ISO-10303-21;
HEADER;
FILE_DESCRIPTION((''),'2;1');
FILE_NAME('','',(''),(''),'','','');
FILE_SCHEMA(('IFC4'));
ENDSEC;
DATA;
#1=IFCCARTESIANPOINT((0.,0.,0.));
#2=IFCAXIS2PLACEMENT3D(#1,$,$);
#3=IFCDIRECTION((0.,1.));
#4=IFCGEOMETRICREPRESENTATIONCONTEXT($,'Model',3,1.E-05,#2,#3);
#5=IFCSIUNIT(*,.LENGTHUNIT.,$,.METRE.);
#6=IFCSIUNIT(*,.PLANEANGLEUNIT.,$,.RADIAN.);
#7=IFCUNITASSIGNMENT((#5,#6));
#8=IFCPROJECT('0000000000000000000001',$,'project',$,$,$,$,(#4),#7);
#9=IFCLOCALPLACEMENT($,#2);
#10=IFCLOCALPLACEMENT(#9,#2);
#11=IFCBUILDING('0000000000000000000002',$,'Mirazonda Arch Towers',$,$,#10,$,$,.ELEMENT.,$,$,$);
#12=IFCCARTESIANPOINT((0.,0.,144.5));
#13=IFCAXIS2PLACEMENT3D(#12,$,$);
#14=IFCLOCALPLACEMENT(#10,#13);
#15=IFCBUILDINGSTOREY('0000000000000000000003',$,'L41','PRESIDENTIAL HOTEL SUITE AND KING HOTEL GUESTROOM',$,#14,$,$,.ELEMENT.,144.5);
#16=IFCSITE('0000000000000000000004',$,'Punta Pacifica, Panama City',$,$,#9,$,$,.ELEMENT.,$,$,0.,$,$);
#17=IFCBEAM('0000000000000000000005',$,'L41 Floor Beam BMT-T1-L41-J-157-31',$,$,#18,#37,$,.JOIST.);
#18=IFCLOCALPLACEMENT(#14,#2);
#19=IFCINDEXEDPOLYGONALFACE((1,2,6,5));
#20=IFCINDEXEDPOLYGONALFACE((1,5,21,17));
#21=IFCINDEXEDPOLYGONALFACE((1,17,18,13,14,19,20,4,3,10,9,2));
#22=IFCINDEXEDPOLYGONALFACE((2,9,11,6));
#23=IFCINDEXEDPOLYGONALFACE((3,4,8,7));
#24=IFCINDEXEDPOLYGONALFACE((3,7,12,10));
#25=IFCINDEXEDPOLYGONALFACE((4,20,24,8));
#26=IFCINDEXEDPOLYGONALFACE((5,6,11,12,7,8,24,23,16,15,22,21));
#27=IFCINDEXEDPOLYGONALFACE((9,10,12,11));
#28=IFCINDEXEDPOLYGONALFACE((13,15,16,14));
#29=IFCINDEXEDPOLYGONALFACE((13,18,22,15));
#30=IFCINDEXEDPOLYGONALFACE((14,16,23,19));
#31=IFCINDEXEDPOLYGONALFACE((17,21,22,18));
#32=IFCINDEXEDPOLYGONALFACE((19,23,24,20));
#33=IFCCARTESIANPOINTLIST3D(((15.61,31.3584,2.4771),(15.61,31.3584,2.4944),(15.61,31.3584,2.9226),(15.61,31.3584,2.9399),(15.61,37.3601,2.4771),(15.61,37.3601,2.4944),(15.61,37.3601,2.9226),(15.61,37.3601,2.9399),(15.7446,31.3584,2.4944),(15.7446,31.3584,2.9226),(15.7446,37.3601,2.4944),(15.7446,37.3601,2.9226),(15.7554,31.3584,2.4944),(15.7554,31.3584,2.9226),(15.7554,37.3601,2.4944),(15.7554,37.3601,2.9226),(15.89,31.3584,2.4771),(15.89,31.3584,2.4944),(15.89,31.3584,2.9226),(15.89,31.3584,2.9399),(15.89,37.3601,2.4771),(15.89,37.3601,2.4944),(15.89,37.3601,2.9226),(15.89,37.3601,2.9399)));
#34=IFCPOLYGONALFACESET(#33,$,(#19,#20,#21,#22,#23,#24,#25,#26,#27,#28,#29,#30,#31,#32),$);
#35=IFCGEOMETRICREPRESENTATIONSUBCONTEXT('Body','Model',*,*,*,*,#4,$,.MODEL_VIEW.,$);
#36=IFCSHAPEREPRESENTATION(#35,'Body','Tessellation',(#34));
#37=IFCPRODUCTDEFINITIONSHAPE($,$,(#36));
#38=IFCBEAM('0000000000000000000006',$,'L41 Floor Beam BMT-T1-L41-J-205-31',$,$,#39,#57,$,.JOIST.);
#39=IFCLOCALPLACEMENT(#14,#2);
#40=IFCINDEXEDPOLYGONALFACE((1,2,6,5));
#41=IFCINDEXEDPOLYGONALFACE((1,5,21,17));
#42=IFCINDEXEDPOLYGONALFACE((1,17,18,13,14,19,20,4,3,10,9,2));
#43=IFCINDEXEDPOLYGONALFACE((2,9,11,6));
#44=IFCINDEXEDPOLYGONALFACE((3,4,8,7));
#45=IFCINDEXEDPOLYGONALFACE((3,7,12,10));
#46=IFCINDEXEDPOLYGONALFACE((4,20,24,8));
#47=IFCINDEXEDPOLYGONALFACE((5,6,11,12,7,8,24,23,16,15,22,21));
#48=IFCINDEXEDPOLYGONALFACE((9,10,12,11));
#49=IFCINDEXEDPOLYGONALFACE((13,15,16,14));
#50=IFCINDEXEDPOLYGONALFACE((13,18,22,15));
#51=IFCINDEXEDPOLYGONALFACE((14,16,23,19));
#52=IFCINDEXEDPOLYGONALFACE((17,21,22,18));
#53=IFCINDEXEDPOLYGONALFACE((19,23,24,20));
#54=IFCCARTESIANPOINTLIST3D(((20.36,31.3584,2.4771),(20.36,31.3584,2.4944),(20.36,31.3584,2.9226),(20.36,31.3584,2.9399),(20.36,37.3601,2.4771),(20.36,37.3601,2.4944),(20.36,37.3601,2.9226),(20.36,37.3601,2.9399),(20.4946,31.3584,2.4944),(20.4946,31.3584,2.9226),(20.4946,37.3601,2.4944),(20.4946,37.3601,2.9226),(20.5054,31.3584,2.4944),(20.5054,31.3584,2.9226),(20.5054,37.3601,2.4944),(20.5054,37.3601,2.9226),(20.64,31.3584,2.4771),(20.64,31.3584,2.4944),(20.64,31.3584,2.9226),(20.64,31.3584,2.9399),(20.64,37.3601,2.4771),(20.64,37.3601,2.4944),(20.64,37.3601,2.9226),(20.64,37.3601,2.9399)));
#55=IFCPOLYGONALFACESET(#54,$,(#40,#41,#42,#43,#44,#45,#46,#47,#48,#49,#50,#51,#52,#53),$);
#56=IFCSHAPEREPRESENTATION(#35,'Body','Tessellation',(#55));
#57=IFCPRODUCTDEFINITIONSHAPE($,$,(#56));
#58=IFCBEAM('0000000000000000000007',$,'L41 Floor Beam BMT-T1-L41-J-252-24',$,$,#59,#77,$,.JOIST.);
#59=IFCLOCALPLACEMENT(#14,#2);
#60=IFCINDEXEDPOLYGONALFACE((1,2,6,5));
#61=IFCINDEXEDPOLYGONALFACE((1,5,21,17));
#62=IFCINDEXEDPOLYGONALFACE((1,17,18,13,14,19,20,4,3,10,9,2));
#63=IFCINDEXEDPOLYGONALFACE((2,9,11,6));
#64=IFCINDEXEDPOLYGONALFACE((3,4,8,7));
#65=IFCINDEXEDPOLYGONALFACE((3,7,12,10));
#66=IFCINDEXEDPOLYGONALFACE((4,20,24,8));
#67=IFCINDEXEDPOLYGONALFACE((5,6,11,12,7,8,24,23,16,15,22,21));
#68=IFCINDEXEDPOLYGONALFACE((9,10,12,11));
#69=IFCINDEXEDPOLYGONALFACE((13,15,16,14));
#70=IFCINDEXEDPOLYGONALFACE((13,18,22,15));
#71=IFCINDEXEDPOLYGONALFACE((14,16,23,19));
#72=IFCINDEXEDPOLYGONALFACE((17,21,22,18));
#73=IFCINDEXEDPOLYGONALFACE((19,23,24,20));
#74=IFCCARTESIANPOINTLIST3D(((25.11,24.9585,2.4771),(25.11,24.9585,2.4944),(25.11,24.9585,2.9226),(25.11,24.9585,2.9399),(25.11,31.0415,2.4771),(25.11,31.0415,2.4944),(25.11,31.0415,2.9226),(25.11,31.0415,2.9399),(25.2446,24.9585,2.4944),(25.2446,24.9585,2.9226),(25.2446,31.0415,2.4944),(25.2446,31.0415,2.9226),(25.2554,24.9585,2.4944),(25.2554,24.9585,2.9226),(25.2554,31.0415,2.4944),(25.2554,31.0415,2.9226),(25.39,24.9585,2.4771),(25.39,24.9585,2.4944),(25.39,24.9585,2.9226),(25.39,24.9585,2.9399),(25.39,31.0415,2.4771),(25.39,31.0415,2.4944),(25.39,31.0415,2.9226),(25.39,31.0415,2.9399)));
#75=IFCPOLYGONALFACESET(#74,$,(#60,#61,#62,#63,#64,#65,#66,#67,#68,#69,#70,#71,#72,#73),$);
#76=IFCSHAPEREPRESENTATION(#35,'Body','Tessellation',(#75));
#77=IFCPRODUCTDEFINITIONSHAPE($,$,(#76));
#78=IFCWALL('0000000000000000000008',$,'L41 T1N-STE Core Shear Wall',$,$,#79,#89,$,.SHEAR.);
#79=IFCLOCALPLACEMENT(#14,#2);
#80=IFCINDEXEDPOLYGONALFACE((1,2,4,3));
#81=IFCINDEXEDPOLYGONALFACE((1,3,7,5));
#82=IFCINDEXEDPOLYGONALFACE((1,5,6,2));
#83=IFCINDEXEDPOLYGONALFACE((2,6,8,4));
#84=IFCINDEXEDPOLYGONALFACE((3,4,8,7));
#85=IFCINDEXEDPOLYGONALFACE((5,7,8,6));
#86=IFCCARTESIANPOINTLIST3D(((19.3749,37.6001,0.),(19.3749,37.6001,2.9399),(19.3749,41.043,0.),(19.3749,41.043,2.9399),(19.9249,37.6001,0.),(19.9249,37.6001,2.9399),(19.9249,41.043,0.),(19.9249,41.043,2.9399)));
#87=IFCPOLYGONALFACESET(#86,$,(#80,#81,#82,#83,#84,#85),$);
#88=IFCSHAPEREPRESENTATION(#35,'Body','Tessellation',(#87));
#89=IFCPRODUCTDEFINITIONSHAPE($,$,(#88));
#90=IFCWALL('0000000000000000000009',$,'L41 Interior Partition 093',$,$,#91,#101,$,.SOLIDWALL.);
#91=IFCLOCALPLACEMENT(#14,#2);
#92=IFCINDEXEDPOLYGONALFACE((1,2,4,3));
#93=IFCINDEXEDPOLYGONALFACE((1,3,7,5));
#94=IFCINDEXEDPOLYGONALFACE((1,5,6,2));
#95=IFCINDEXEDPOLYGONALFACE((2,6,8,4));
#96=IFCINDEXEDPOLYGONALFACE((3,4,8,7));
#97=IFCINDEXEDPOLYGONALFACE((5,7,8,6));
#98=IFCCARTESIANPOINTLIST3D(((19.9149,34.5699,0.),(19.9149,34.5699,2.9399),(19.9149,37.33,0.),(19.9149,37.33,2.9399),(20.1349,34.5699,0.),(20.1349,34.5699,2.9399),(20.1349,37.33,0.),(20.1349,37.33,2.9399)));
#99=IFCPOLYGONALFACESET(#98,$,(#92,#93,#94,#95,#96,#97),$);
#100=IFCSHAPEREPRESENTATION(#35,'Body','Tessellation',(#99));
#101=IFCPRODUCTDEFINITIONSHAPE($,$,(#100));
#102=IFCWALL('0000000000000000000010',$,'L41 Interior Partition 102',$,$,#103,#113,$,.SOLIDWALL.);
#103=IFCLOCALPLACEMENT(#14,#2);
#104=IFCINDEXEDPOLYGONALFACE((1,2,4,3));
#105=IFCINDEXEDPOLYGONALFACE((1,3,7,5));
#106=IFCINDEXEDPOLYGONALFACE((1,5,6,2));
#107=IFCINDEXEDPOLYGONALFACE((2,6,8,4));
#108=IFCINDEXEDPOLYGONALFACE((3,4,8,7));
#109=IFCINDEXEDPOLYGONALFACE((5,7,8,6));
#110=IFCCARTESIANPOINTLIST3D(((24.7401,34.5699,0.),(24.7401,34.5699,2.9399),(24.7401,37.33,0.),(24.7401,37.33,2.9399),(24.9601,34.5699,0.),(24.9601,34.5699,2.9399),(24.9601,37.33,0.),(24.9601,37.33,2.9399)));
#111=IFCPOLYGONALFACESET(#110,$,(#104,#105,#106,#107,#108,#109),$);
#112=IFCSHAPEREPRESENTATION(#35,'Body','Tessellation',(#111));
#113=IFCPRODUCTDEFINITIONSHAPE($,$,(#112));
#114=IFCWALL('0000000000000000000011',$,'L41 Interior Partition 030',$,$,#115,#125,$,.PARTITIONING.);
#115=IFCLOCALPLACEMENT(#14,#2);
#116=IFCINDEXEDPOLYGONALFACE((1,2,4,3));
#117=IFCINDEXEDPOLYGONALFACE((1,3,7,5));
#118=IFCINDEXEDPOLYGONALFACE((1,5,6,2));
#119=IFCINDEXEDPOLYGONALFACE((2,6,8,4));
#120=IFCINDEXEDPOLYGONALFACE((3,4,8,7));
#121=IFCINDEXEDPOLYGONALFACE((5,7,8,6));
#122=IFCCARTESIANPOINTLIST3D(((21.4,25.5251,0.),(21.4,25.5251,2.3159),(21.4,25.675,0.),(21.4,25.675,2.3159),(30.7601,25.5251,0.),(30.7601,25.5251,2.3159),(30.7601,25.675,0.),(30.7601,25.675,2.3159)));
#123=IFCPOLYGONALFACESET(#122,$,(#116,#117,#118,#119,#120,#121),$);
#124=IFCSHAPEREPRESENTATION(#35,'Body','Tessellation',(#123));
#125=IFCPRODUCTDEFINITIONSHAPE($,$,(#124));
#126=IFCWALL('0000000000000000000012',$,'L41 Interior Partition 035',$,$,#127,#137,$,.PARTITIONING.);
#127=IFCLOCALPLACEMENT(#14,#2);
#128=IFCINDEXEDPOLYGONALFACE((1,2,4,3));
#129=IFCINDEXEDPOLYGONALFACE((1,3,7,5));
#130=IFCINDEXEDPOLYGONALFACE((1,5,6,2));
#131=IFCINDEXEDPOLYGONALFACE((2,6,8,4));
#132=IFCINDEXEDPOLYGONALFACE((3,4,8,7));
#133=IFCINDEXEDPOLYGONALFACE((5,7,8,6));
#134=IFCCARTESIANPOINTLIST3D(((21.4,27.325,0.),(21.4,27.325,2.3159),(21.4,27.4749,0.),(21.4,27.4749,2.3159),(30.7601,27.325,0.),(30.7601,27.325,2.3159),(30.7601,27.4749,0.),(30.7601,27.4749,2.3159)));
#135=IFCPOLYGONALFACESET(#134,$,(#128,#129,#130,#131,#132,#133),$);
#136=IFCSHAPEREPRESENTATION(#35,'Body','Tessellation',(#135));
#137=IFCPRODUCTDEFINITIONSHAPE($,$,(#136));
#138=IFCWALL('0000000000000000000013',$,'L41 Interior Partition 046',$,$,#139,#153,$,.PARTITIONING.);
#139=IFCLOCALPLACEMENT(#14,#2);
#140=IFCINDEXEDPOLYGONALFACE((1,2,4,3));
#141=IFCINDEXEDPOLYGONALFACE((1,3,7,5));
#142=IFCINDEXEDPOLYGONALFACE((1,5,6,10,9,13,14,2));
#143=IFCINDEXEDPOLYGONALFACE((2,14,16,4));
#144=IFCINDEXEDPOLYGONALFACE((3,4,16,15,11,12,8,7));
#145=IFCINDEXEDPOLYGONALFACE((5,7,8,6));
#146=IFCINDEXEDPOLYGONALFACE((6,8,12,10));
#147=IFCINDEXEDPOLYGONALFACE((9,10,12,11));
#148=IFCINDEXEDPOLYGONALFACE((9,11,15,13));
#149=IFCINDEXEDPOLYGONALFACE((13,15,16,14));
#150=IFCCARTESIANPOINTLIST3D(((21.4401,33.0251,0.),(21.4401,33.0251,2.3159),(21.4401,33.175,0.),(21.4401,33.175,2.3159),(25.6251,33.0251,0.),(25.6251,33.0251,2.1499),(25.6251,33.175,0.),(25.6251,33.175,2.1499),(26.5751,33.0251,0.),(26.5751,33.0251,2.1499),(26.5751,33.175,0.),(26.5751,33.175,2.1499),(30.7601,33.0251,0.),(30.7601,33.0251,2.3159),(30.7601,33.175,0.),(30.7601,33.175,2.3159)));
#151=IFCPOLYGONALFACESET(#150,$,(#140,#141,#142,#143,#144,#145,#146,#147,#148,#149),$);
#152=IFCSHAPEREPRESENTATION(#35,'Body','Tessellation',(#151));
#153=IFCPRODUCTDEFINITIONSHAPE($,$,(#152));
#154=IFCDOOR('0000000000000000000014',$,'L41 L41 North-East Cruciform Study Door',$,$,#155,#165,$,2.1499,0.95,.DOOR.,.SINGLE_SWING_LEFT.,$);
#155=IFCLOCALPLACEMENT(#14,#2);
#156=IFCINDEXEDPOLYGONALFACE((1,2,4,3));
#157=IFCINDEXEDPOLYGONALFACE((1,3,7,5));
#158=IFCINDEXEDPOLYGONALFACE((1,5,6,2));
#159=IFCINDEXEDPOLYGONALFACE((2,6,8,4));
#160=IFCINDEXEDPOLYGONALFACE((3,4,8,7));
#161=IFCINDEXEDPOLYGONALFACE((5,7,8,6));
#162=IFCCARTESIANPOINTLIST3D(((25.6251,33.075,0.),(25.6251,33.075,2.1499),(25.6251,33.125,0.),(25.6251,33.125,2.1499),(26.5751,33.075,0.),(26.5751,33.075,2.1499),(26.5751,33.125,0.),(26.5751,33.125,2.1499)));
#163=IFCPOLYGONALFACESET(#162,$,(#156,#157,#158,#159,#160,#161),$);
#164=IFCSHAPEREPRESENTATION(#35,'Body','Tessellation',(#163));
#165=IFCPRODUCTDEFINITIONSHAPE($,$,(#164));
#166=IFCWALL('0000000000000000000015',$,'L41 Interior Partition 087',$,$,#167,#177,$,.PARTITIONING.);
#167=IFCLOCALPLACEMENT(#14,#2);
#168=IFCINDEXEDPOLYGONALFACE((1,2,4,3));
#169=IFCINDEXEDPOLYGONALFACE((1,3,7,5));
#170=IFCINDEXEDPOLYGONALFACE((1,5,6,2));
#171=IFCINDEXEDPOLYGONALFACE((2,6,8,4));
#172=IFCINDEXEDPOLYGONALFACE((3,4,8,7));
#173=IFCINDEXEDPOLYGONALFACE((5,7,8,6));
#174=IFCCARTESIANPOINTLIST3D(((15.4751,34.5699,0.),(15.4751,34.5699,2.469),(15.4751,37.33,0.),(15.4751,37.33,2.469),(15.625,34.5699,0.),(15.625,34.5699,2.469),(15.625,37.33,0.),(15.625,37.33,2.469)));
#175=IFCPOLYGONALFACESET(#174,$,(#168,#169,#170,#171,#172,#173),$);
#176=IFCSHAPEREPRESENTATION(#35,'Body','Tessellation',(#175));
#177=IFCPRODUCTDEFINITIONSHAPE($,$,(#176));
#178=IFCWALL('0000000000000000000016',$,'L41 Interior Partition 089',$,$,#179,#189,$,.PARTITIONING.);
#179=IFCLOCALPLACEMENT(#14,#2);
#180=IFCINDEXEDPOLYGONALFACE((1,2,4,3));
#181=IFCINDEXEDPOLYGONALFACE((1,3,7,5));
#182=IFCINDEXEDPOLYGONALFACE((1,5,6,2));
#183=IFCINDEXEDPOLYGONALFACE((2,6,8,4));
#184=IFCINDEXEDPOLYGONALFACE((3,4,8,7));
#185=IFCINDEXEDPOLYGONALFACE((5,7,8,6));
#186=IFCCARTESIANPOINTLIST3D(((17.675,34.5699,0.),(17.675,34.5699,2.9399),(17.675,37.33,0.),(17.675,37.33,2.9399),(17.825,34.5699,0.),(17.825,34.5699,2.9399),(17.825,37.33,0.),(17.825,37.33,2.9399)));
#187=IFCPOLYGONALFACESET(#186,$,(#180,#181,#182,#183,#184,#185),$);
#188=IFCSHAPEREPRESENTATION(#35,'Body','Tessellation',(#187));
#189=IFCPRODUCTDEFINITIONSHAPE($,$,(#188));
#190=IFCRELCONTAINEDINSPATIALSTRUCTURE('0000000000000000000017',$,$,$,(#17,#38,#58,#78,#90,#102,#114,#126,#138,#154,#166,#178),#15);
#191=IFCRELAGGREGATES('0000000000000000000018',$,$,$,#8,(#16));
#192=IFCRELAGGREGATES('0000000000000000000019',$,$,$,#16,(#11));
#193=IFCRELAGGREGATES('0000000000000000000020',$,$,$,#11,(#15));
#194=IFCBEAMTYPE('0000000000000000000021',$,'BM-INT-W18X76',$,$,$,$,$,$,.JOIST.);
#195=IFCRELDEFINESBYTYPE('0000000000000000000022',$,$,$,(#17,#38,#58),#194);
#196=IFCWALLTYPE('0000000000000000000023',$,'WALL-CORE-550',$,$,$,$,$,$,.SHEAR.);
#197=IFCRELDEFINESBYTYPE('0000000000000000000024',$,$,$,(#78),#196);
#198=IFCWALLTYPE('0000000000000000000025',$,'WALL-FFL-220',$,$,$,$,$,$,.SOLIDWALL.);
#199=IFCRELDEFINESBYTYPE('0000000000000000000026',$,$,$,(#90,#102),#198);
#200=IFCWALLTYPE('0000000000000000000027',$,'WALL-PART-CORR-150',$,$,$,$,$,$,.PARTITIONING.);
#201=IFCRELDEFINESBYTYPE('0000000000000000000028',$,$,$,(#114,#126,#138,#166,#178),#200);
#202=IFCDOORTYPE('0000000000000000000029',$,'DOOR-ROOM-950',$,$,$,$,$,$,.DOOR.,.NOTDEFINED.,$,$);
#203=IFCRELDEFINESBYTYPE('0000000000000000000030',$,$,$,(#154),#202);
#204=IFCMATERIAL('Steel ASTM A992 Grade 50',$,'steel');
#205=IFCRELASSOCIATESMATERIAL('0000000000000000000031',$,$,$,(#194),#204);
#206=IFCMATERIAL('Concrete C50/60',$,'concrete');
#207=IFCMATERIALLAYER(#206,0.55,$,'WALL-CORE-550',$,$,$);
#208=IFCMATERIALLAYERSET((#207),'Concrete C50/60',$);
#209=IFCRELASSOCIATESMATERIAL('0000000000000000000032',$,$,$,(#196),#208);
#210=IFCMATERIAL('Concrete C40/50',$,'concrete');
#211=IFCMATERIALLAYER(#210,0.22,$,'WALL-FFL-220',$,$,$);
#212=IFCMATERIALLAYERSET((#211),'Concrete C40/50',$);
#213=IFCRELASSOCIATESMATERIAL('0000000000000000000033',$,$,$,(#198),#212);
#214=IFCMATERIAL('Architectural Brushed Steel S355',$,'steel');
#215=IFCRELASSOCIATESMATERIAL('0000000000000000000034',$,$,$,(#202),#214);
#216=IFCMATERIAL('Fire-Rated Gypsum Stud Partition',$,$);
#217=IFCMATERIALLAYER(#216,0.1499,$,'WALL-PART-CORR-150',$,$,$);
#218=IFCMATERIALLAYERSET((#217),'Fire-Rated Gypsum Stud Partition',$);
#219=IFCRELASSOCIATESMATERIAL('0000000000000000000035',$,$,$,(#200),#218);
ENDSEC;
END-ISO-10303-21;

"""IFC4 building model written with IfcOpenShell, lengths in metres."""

from ifc_helpers import new_model, si_unit, direction, frame, frame_2d, origin, origin_2d, place, context, subcontext, project, spatial, rectangle, i_section, extrude, material, layer, layer_set, material_profile, profile_set, type_object, element, fill, save


model = new_model("IFC4")

# Units and contexts
model_context = context("Model", 3, precision=1e-05, world=origin(), true_north=direction((0.0, 1.0)))
body_context = subcontext(model_context, "Body", "Model", "MODEL_VIEW")
ifc_project = project(units=[si_unit("LENGTHUNIT", "METRE"), si_unit("PLANEANGLEUNIT", "RADIAN")], contexts=[model_context])

# Site, building, storey
site_placement = place(None, origin())
site = spatial("IfcSite", under=ifc_project, at=site_placement, Name="Punta Pacifica, Panama City", CompositionType="ELEMENT", RefElevation=0.0)
building_placement = place(site_placement, origin())
building = spatial("IfcBuilding", under=site, at=building_placement, Name="Mirazonda Arch Towers", CompositionType="ELEMENT")
storey_placement = place(building_placement, frame((0.0, 0.0, 144.5)))
storey = spatial("IfcBuildingStorey", under=building, at=storey_placement, Name="L41", Description="PRESIDENTIAL HOTEL SUITE AND KING HOTEL GUESTROOM", CompositionType="ELEMENT", Elevation=144.5)

# Beams
ifc_material_1 = material(Name="Steel ASTM A992 Grade 50", Category="steel")
ifc_material_profile = material_profile(ifc_material_1, i_section(OverallWidth=0.28, OverallDepth=0.4629, WebThickness=0.0107, FlangeThickness=0.0173, at=origin_2d()), Name="W18X76")
ifc_profile_set = profile_set([ifc_material_profile], Name="Steel ASTM A992 Grade 50")
beam_type = type_object("IfcBeamType", Name="BM-INT-W18X76", PredefinedType="JOIST", material=ifc_profile_set)
for number, where, z_axis, x_axis, name in (
    (1, (15.75, 31.3584, 2.7085), (0.0, 1.0, 0.0), (-1.0, 0.0, 0.0), "L41 Floor Beam BMT-T1-L41-J-157-31"),
    (2, (20.5, 31.3584, 2.7085), (0.0, 1.0, 0.0), (-1.0, 0.0, 0.0), "L41 Floor Beam BMT-T1-L41-J-205-31"),
):
    element("IfcBeam", number, at=place(storey_placement, frame(where, z_axis=z_axis, x_axis=x_axis)), inside=storey, type_object=beam_type, Name=name, PredefinedType="JOIST", context=body_context, shape_type="SweptSolid", body=[
        extrude(i_section(OverallWidth=0.28, OverallDepth=0.4629, WebThickness=0.0107, FlangeThickness=0.0173, at=origin_2d()), origin(), (0.0, 0.0, 1.0), 6.0017),
    ])
beam_placement = place(storey_placement, frame((25.25, 24.9585, 2.7085), z_axis=(0.0, 1.0, 0.0), x_axis=(-1.0, 0.0, 0.0)))
element("IfcBeam", 3, at=beam_placement, inside=storey, type_object=beam_type, Name="L41 Floor Beam BMT-T1-L41-J-252-24", PredefinedType="JOIST", context=body_context, shape_type="SweptSolid", body=[
    extrude(i_section(OverallWidth=0.28, OverallDepth=0.4629, WebThickness=0.0107, FlangeThickness=0.0173, at=origin_2d()), origin(), (0.0, 0.0, 1.0), 6.083),
])

# Wall
ifc_material_2 = material(Name="Concrete C50/60", Category="concrete")
ifc_layer_1 = layer(ifc_material_2, 0.55, Name="WALL-CORE-550")
ifc_layer_set_1 = layer_set([ifc_layer_1], Name="Concrete C50/60")
wall_type_1 = type_object("IfcWallType", Name="WALL-CORE-550", PredefinedType="SHEAR", material=ifc_layer_set_1)
wall_1_placement = place(storey_placement, frame((19.6499, 37.6001, 0.0), z_axis=(0.0, 0.0, 1.0), x_axis=(0.0, 1.0, 0.0)))
element("IfcWall", 4, at=wall_1_placement, inside=storey, type_object=wall_type_1, Name="L41 T1N-STE Core Shear Wall", PredefinedType="SHEAR", context=body_context, shape_type="SweptSolid", body=[
    extrude(rectangle(XDim=3.4429, YDim=0.55, at=frame_2d((1.7214, 0.0))), origin(), (0.0, 0.0, 1.0), 2.9399),
])

# Shared definitions
ifc_material_3 = material(Name="Concrete C40/50", Category="concrete")
ifc_layer_2 = layer(ifc_material_3, 0.22, Name="WALL-FFL-220")
ifc_layer_set_2 = layer_set([ifc_layer_2], Name="Concrete C40/50")
wall_type_2 = type_object("IfcWallType", Name="WALL-FFL-220", PredefinedType="SOLIDWALL", material=ifc_layer_set_2)
ifc_material_4 = material(Name="Architectural Brushed Steel S355", Category="steel")
door_type_1 = type_object("IfcDoorType", Name="DOOR-ROOM-950", OperationType="NOTDEFINED", PredefinedType="DOOR", material=ifc_material_4)

# Walls
for number, where, z_axis, x_axis, name in (
    (5, (20.0249, 34.5701, 0.0), (0.0, 0.0, 1.0), (0.0, 1.0, 0.0), "L41 Interior Partition 093"),
    (6, (24.8501, 34.5701, 0.0), (0.0, 0.0, 1.0), (0.0, 1.0, 0.0), "L41 Interior Partition 102"),
):
    element("IfcWall", number, at=place(storey_placement, frame(where, z_axis=z_axis, x_axis=x_axis)), inside=storey, type_object=wall_type_2, Name=name, PredefinedType="SOLIDWALL", context=body_context, shape_type="SweptSolid", body=[
        extrude(rectangle(XDim=2.76, YDim=0.22, at=frame_2d((1.3799, 0.0))), origin(), (0.0, 0.0, 1.0), 2.9399),
    ])
ifc_material_5 = material(Name="Fire-Rated Gypsum Stud Partition")
ifc_layer_3 = layer(ifc_material_5, 0.1499, Name="WALL-PART-CORR-150")
ifc_layer_set_3 = layer_set([ifc_layer_3], Name="Fire-Rated Gypsum Stud Partition")
wall_type_3 = type_object("IfcWallType", Name="WALL-PART-CORR-150", PredefinedType="PARTITIONING", material=ifc_layer_set_3)
for number, where, z_axis, x_axis, name in (
    (7, (21.3999, 25.6001, 0.0), (0.0, 0.0, 1.0), (1.0, 0.0, 0.0), "L41 Interior Partition 030"),
    (8, (21.3999, 27.3999, 0.0), (0.0, 0.0, 1.0), (1.0, 0.0, 0.0), "L41 Interior Partition 035"),
):
    element("IfcWall", number, at=place(storey_placement, frame(where, z_axis=z_axis, x_axis=x_axis)), inside=storey, type_object=wall_type_3, Name=name, PredefinedType="PARTITIONING", context=body_context, shape_type="SweptSolid", body=[
        extrude(rectangle(XDim=9.3601, YDim=0.1499, at=frame_2d((4.6802, 0.0))), origin(), (0.0, 0.0, 1.0), 2.3159),
    ])

# Wall, opening, door
wall_2_placement = place(storey_placement, frame((21.4399, 33.1001, 0.0), z_axis=(0.0, 0.0, 1.0), x_axis=(1.0, 0.0, 0.0)))
wall_2 = element("IfcWall", 9, at=wall_2_placement, inside=storey, type_object=wall_type_3, Name="L41 Interior Partition 046", PredefinedType="PARTITIONING", context=body_context, shape_type="SweptSolid", body=[
    extrude(rectangle(XDim=9.3201, YDim=0.1499, at=frame_2d((4.6602, 0.0))), origin(), (0.0, 0.0, 1.0), 2.3159),
])
opening_1_placement = place(wall_2_placement, frame((4.1851, 0.0, 0.0)))
opening_1 = element("IfcOpeningElement", 10, at=opening_1_placement, cuts=wall_2, PredefinedType="OPENING", context=body_context, shape_type="SweptSolid", body=[
    extrude(rectangle(XDim=0.95, YDim=2.1499, at=frame_2d((0.4751, 1.075))), frame((0.0, 0.085, 0.0), z_axis=(0.0, -1.0, 0.0), x_axis=(1.0, 0.0, 0.0)), (0.0, 0.0, 1.0), 0.1699),
])
door_1_placement = place(opening_1_placement, origin())
door_1 = element("IfcDoor", 11, at=door_1_placement, inside=storey, type_object=door_type_1, Name="L41 L41 North-East Cruciform Study Door", OperationType="SINGLE_SWING_LEFT", OverallHeight=2.1499, OverallWidth=0.95, PredefinedType="DOOR", context=body_context, shape_type="SweptSolid", body=[
    extrude(rectangle(XDim=0.95, YDim=2.1499, at=frame_2d((0.4751, 1.075))), frame((0.0, 0.0249, 0.0), z_axis=(0.0, -1.0, 0.0), x_axis=(1.0, 0.0, 0.0)), (0.0, 0.0, 1.0), 0.05),
])
fill(opening_1, door_1)

# Walls
wall_3_placement = place(storey_placement, frame((15.55, 34.5701, 0.0), z_axis=(0.0, 0.0, 1.0), x_axis=(0.0, 1.0, 0.0)))
element("IfcWall", 12, at=wall_3_placement, inside=storey, type_object=wall_type_3, Name="L41 Interior Partition 087", PredefinedType="PARTITIONING", context=body_context, shape_type="SweptSolid", body=[
    extrude(rectangle(XDim=2.76, YDim=0.1499, at=frame_2d((1.3799, 0.0))), origin(), (0.0, 0.0, 1.0), 2.469),
])
wall_4_placement = place(storey_placement, frame((17.75, 34.5701, 0.0), z_axis=(0.0, 0.0, 1.0), x_axis=(0.0, 1.0, 0.0)))
element("IfcWall", 13, at=wall_4_placement, inside=storey, type_object=wall_type_3, Name="L41 Interior Partition 089", PredefinedType="PARTITIONING", context=body_context, shape_type="SweptSolid", body=[
    extrude(rectangle(XDim=2.76, YDim=0.1499, at=frame_2d((1.3799, 0.0))), origin(), (0.0, 0.0, 1.0), 2.9399),
])

save(model, "model.ifc")
